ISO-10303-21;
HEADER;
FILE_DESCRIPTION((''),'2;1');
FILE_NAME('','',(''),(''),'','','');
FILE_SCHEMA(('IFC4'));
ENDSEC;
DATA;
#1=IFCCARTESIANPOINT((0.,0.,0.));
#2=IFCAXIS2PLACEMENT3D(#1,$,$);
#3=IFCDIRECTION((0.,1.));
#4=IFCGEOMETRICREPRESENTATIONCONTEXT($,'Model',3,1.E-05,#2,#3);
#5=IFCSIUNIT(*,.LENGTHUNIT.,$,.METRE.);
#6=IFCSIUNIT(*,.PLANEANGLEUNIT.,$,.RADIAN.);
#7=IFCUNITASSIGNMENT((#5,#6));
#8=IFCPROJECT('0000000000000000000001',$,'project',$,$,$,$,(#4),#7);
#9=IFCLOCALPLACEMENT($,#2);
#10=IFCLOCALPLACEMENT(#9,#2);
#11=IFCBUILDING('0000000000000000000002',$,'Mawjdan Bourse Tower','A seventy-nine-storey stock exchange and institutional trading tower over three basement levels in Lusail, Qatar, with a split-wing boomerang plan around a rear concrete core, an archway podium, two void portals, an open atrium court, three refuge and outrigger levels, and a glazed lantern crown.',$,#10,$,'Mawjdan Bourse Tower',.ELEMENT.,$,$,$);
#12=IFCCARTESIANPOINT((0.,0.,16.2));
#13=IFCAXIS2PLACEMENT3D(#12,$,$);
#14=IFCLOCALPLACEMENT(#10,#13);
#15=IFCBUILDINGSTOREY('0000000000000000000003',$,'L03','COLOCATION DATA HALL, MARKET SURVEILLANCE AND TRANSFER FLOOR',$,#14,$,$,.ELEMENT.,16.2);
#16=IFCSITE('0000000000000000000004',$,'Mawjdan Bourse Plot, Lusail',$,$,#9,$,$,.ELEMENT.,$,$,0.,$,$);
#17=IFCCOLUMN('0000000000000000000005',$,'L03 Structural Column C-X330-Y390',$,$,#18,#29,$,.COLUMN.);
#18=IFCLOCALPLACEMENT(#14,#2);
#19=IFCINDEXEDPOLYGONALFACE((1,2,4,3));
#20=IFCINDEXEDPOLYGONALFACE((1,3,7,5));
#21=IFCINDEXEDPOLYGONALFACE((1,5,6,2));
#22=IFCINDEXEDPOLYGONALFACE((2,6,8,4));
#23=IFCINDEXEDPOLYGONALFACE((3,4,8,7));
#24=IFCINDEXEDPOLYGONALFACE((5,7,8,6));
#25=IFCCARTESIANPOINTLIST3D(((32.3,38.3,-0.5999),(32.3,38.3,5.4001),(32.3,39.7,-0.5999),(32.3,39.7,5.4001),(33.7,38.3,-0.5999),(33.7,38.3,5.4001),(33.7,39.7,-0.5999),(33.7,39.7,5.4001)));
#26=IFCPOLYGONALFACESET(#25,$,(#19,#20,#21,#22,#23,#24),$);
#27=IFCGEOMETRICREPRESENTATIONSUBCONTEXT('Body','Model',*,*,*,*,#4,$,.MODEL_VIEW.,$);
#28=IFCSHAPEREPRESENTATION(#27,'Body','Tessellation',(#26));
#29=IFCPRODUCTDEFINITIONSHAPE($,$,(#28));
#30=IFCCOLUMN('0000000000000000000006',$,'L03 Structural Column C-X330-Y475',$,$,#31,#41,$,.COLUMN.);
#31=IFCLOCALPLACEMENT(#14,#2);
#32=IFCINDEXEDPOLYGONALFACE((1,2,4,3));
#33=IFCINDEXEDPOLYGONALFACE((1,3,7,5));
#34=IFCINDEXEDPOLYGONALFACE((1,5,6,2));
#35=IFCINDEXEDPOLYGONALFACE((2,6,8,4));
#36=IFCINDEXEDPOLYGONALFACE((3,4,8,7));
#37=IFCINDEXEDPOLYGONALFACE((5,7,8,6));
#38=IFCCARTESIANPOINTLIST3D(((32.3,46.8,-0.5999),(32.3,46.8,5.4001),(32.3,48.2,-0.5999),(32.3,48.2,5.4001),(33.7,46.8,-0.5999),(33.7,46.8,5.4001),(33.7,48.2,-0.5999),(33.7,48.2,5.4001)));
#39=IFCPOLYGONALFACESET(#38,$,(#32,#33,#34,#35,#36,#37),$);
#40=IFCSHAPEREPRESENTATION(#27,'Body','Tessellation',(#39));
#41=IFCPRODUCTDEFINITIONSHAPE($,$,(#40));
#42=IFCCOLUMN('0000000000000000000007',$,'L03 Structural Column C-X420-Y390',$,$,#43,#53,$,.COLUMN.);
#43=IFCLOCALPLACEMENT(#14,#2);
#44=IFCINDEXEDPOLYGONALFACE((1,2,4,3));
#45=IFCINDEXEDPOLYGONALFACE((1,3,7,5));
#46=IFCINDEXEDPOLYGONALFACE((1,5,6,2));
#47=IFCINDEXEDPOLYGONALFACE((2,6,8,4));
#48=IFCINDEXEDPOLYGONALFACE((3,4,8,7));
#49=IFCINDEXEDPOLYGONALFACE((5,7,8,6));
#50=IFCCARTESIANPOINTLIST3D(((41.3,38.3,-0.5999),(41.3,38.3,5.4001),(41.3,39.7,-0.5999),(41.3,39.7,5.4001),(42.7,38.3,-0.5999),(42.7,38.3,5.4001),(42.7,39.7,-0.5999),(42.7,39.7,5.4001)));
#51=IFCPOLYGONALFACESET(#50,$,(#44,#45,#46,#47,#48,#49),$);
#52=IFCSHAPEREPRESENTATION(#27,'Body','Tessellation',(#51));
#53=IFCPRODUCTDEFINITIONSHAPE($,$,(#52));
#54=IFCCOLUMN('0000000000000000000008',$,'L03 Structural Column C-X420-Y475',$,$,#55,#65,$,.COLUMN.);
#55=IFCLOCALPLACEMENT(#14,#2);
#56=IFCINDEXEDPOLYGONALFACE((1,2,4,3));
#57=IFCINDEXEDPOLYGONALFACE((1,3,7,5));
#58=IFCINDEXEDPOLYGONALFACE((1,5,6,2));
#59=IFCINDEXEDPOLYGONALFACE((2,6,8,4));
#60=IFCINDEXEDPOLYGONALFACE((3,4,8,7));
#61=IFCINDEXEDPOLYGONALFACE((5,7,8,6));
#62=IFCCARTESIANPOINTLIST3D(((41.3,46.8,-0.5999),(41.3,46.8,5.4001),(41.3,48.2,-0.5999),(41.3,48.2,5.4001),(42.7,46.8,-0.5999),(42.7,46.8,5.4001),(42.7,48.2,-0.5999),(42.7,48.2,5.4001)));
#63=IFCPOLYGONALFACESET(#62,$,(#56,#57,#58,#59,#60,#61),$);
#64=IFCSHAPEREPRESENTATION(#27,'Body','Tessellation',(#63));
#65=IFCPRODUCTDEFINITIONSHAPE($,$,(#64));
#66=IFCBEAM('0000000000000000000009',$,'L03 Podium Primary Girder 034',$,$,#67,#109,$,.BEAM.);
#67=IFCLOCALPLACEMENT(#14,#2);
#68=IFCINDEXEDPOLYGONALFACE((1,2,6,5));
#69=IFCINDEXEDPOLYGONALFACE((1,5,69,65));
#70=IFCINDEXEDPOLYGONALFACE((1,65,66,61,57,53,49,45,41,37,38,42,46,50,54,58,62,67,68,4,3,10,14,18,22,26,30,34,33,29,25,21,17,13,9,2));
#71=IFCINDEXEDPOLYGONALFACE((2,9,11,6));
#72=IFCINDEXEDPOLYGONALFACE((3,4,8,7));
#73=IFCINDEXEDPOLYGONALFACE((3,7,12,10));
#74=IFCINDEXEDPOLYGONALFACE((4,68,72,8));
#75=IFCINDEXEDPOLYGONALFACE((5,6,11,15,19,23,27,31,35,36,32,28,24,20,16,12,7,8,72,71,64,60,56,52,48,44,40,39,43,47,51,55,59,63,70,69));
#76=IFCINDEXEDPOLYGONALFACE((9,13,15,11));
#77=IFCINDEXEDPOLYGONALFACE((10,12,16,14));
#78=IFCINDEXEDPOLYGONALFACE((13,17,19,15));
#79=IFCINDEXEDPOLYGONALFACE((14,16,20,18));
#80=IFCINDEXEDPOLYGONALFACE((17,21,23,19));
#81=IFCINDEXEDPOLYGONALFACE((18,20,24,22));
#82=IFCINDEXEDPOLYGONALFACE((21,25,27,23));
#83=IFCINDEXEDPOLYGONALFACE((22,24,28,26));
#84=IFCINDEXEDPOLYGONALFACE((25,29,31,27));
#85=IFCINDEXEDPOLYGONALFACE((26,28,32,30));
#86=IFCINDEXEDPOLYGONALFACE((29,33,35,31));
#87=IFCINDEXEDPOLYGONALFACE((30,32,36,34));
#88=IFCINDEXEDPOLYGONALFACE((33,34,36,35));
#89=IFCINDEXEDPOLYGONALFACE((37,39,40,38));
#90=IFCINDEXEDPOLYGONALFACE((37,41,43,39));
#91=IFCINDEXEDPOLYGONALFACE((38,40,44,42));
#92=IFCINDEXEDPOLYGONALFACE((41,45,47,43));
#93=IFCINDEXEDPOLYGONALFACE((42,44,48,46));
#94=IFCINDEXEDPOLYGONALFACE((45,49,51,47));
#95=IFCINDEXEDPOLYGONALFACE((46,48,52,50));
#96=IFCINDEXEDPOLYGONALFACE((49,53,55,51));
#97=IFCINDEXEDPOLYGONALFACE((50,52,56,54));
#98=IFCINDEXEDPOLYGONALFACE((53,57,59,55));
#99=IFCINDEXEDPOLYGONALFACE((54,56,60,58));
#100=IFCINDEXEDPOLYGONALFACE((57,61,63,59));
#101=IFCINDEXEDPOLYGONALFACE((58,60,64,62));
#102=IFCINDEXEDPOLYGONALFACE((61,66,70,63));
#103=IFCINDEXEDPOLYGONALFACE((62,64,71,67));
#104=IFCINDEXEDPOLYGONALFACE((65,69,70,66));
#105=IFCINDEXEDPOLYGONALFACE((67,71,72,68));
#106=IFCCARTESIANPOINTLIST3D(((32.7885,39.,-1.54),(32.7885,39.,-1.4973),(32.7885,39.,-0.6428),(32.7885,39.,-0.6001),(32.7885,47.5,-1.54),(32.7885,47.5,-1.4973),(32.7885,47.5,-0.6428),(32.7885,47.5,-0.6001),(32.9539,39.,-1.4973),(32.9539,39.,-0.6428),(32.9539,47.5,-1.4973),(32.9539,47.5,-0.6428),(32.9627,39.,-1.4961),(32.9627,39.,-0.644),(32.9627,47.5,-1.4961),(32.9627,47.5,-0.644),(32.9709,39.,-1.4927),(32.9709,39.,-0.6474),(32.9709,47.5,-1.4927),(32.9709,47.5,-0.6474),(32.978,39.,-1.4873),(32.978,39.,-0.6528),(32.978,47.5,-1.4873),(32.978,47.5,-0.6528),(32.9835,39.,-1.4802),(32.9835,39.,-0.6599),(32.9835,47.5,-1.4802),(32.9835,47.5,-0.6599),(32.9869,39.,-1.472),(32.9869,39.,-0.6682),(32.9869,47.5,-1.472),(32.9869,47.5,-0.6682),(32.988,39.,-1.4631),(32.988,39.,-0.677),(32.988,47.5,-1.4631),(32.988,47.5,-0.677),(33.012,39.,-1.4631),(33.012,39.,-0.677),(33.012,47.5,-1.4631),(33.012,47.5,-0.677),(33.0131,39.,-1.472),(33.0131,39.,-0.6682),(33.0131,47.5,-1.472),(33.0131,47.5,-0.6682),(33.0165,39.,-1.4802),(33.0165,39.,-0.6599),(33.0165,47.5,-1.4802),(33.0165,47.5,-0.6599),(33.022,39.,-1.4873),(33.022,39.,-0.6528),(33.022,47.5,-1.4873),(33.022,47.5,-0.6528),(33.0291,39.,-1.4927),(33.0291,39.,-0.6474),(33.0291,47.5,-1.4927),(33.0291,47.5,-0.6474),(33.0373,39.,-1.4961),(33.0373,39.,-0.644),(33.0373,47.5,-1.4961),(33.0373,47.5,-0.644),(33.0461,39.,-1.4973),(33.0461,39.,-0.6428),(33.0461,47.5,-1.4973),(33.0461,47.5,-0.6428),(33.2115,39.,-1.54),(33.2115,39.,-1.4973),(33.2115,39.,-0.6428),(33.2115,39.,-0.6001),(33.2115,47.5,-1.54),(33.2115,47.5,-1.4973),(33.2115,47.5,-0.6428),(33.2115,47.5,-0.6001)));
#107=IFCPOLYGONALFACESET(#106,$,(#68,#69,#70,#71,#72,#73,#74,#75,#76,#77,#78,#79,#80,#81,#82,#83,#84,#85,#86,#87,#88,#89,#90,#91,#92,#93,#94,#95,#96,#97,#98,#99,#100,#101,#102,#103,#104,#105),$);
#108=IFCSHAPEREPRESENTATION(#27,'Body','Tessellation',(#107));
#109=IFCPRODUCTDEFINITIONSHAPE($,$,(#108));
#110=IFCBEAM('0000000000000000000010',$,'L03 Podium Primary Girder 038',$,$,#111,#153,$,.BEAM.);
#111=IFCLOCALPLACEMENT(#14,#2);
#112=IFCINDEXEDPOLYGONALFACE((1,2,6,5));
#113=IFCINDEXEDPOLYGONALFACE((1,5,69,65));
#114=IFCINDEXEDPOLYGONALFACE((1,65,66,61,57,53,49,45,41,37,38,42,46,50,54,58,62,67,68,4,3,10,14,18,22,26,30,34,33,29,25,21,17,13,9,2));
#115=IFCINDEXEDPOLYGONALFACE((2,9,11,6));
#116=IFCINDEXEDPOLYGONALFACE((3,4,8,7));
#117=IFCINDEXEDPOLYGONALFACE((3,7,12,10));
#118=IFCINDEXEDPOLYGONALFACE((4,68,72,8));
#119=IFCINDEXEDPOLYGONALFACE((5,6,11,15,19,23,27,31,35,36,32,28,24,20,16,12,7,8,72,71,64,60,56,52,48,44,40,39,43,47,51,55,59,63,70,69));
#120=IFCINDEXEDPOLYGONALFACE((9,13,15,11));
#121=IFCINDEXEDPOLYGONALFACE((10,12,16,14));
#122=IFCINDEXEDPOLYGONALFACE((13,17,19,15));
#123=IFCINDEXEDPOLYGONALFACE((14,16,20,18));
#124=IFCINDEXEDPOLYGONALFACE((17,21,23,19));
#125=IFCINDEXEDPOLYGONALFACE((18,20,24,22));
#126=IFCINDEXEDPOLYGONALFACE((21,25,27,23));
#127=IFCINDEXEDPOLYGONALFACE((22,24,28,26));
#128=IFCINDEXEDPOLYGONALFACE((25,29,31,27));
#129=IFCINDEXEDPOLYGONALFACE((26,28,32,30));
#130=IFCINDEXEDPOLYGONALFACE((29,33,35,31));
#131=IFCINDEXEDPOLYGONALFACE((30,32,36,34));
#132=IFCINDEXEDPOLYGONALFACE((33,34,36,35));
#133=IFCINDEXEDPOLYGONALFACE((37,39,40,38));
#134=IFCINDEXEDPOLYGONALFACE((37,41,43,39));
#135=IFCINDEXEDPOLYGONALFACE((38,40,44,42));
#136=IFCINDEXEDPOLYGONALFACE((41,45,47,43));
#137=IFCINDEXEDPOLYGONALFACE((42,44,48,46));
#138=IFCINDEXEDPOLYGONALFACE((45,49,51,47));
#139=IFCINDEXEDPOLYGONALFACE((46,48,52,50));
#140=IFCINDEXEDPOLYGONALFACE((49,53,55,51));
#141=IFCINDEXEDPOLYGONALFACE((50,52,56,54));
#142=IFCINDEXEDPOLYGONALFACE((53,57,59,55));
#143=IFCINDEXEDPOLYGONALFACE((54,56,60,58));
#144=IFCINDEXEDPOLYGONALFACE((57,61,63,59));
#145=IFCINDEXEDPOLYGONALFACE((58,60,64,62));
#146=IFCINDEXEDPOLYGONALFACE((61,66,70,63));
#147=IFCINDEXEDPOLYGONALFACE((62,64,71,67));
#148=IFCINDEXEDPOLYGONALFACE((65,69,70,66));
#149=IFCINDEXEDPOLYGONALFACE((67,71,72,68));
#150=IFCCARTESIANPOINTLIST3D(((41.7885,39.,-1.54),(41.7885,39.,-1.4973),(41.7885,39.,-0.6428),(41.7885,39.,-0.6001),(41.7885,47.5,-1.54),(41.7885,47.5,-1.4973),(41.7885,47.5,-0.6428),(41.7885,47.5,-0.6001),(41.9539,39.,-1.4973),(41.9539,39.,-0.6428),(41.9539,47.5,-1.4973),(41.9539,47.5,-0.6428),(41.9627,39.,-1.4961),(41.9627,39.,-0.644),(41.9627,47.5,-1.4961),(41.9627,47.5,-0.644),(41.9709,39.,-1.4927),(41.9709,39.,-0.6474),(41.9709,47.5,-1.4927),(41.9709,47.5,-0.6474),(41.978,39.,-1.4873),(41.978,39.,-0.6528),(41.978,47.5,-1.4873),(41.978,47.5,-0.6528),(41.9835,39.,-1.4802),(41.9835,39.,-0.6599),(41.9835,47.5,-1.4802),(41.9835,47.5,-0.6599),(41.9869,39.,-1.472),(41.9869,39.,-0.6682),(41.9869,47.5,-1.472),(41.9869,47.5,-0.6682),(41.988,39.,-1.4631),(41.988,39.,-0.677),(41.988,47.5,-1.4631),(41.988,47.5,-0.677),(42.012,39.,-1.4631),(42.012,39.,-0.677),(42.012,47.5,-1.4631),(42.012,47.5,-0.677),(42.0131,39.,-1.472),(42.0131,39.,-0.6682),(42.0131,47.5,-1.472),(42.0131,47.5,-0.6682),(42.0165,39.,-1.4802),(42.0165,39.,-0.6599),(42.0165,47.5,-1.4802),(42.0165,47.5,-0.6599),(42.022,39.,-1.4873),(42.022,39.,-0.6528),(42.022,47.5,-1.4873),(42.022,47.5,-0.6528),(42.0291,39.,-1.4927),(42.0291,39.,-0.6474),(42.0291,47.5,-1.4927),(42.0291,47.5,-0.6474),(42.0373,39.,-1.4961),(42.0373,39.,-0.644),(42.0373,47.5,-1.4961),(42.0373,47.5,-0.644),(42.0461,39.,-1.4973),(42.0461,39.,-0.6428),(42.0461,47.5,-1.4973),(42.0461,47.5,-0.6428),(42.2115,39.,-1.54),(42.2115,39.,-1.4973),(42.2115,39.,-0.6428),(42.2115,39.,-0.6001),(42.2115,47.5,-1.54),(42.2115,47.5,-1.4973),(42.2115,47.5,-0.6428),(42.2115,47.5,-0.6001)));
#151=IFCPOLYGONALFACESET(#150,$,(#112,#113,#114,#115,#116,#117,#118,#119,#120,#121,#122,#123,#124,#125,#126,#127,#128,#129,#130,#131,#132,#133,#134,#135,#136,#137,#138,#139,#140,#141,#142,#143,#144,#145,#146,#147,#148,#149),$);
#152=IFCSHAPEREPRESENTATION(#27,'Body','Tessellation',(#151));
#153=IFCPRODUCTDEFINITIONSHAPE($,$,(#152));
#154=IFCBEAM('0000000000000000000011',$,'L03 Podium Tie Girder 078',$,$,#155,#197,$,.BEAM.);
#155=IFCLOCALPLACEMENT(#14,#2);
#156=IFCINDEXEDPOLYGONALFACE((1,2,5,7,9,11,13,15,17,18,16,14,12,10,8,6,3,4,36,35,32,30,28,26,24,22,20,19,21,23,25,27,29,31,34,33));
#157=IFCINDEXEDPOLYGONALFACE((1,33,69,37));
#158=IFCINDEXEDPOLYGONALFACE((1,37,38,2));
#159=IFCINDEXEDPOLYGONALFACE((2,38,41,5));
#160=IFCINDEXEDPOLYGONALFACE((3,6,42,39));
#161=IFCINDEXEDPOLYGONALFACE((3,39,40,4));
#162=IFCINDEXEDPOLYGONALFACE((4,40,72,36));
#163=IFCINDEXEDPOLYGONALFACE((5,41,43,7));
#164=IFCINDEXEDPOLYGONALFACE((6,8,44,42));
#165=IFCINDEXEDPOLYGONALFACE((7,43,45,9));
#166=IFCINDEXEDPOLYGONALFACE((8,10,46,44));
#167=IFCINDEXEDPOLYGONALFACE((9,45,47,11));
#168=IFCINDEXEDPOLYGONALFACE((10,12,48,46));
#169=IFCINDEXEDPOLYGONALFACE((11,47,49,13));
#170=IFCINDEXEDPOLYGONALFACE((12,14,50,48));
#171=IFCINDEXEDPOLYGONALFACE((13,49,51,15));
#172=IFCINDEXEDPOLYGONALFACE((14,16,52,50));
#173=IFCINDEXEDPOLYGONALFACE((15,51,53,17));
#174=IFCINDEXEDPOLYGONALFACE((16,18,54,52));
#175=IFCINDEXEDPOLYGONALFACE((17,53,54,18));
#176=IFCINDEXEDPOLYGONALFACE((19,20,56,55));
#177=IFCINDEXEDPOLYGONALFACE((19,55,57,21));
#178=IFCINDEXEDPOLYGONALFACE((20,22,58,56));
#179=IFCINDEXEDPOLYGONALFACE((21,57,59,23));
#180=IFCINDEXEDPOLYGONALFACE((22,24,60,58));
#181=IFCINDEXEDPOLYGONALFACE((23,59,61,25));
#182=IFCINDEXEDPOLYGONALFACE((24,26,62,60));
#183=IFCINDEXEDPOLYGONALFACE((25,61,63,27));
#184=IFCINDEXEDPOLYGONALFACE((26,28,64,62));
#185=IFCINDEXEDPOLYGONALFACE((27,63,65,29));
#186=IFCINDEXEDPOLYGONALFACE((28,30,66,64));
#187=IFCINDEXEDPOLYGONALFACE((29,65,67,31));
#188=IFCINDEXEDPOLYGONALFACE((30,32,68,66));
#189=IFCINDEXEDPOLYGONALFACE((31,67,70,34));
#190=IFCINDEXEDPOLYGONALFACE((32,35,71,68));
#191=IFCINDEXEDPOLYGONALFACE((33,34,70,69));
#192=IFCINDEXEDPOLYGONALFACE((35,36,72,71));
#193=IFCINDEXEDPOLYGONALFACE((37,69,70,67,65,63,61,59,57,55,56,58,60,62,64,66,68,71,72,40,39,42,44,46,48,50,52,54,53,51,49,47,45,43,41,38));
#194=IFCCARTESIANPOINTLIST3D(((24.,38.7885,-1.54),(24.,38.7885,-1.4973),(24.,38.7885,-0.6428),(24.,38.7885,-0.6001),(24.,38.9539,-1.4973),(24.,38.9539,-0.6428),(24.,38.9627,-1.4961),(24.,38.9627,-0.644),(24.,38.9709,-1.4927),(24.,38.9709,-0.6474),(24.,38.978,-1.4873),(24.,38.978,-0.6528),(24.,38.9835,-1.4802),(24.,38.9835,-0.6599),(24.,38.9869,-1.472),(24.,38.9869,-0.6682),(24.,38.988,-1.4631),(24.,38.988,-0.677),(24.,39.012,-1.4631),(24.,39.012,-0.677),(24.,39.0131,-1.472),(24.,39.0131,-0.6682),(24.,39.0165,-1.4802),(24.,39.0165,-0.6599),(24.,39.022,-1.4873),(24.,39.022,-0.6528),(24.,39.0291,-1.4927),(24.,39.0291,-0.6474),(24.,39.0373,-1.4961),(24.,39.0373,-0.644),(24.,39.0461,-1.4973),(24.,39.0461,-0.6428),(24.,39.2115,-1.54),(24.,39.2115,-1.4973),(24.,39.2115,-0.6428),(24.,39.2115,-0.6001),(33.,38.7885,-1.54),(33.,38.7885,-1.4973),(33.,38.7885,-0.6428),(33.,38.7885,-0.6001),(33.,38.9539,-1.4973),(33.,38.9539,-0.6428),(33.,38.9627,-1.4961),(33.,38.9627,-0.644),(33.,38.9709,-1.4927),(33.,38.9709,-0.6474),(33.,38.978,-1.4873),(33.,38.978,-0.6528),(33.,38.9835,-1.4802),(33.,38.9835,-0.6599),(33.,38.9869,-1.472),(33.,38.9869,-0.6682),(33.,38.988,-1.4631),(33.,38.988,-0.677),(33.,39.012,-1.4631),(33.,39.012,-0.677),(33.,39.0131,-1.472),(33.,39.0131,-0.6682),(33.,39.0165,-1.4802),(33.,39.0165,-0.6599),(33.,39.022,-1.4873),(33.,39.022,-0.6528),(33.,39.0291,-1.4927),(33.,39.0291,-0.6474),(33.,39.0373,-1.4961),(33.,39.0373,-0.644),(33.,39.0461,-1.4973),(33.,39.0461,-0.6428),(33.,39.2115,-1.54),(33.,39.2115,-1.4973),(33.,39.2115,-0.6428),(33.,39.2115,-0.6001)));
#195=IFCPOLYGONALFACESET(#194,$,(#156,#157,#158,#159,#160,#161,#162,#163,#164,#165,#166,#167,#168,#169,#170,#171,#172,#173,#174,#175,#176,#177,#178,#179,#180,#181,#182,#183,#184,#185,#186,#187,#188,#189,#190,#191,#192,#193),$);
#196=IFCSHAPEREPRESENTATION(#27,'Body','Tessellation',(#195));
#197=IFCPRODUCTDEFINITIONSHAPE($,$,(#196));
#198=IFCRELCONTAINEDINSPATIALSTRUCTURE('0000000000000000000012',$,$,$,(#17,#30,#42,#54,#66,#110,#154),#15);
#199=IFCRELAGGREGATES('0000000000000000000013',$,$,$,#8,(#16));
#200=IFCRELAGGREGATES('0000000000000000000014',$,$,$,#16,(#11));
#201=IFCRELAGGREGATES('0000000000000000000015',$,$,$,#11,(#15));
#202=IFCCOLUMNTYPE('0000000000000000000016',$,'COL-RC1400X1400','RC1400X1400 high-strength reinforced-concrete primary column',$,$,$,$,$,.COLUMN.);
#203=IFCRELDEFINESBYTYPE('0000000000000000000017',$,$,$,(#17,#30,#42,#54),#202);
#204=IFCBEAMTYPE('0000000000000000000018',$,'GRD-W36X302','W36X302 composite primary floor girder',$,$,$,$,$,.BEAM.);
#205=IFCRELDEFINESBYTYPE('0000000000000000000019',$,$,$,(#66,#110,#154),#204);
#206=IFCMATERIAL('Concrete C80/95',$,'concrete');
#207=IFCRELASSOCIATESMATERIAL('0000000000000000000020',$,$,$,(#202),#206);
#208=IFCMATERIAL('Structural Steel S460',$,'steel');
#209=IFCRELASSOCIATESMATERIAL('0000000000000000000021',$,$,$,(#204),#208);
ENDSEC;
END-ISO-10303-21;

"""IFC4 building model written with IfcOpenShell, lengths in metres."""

from ifc_helpers import new_model, si_unit, direction, frame, origin, origin_2d, place, context, subcontext, project, spatial, rectangle, i_section, extrude, material, material_profile, profile_set, type_object, element, save


model = new_model("IFC4")

# Units and contexts
model_context = context("Model", 3, precision=1e-05, world=origin(), true_north=direction((0.0, 1.0)))
body_context = subcontext(model_context, "Body", "Model", "MODEL_VIEW")
ifc_project = project(units=[si_unit("LENGTHUNIT", "METRE"), si_unit("PLANEANGLEUNIT", "RADIAN")], contexts=[model_context])

# Site, building, storey
site_placement = place(None, origin())
site = spatial("IfcSite", under=ifc_project, at=site_placement, Name="Mawjdan Bourse Plot, Lusail", CompositionType="ELEMENT", RefElevation=0.0)
building_placement = place(site_placement, origin())
building = spatial("IfcBuilding", under=site, at=building_placement, Name="Mawjdan Bourse Tower", Description="A seventy-nine-storey stock exchange and institutional trading tower over three basement levels in Lusail, Qatar, with a split-wing boomerang plan around a rear concrete core, an archway podium, two void portals, an open atrium court, three refuge and outrigger levels, and a glazed lantern crown.", LongName="Mawjdan Bourse Tower", CompositionType="ELEMENT")
storey_placement = place(building_placement, frame((0.0, 0.0, 16.2)))
storey = spatial("IfcBuildingStorey", under=building, at=storey_placement, Name="L03", Description="COLOCATION DATA HALL, MARKET SURVEILLANCE AND TRANSFER FLOOR", CompositionType="ELEMENT", Elevation=16.2)

# Columns
ifc_material_1 = material(Name="Concrete C80/95", Category="concrete")
ifc_material_profile_1 = material_profile(ifc_material_1, rectangle(XDim=1.3999, YDim=1.3999, at=origin_2d()), Name="RC1400X1400")
ifc_profile_set_1 = profile_set([ifc_material_profile_1], Name="Concrete C80/95")
column_type = type_object("IfcColumnType", Name="COL-RC1400X1400", Description="RC1400X1400 high-strength reinforced-concrete primary column", PredefinedType="COLUMN", material=ifc_profile_set_1)
for number, where, z_axis, x_axis, name in (
    (1, (33.0, 39.0, -0.5999), (0.0, 0.0, 1.0), (1.0, 0.0, 0.0), "L03 Structural Column C-X330-Y390"),
    (2, (33.0, 47.5, -0.5999), (0.0, 0.0, 1.0), (1.0, 0.0, 0.0), "L03 Structural Column C-X330-Y475"),
    (3, (42.0, 39.0, -0.5999), (0.0, 0.0, 1.0), (1.0, 0.0, 0.0), "L03 Structural Column C-X420-Y390"),
    (4, (42.0, 47.5, -0.5999), (0.0, 0.0, 1.0), (1.0, 0.0, 0.0), "L03 Structural Column C-X420-Y475"),
):
    element("IfcColumn", number, at=place(storey_placement, frame(where, z_axis=z_axis, x_axis=x_axis)), inside=storey, type_object=column_type, Name=name, PredefinedType="COLUMN", context=body_context, shape_type="SweptSolid", body=[
        extrude(rectangle(XDim=1.3999, YDim=1.3999, at=origin_2d()), origin(), (0.0, 0.0, 1.0), 6.0),
    ])

# Beams
ifc_material_2 = material(Name="Structural Steel S460", Category="steel")
ifc_material_profile_2 = material_profile(ifc_material_2, i_section(OverallWidth=0.4231, OverallDepth=0.9399, WebThickness=0.0239, FlangeThickness=0.0427, FilletRadius=0.0342, at=origin_2d()), Name="W36X302")
ifc_profile_set_2 = profile_set([ifc_material_profile_2], Name="Structural Steel S460")
beam_type_1 = type_object("IfcBeamType", Name="GRD-W36X302", Description="W36X302 composite primary floor girder", PredefinedType="BEAM", material=ifc_profile_set_2)
for number, where, z_axis, x_axis, name in (
    (5, (33.0, 39.0, -1.0701), (0.0, 1.0, 0.0), (-1.0, 0.0, 0.0), "L03 Podium Primary Girder 034"),
    (6, (42.0, 39.0, -1.0701), (0.0, 1.0, 0.0), (-1.0, 0.0, 0.0), "L03 Podium Primary Girder 038"),
):
    element("IfcBeam", number, at=place(storey_placement, frame(where, z_axis=z_axis, x_axis=x_axis)), inside=storey, type_object=beam_type_1, Name=name, PredefinedType="BEAM", context=body_context, shape_type="SweptSolid", body=[
        extrude(i_section(OverallWidth=0.4231, OverallDepth=0.9399, WebThickness=0.0239, FlangeThickness=0.0427, FilletRadius=0.0342, at=origin_2d()), origin(), (0.0, 0.0, 1.0), 8.5),
    ])
for number, where, z_axis, x_axis, name in (
    (7, (24.0, 39.0, -1.0701), (1.0, 0.0, 0.0), (0.0, 1.0, 0.0), "L03 Podium Tie Girder 078"),
):
    element("IfcBeam", number, at=place(storey_placement, frame(where, z_axis=z_axis, x_axis=x_axis)), inside=storey, type_object=beam_type_1, Name=name, PredefinedType="BEAM", context=body_context, shape_type="SweptSolid", body=[
        extrude(i_section(OverallWidth=0.4231, OverallDepth=0.9399, WebThickness=0.0239, FlangeThickness=0.0427, FilletRadius=0.0342, at=origin_2d()), origin(), (0.0, 0.0, 1.0), 9.0),
    ])

save(model, "model.ifc")
